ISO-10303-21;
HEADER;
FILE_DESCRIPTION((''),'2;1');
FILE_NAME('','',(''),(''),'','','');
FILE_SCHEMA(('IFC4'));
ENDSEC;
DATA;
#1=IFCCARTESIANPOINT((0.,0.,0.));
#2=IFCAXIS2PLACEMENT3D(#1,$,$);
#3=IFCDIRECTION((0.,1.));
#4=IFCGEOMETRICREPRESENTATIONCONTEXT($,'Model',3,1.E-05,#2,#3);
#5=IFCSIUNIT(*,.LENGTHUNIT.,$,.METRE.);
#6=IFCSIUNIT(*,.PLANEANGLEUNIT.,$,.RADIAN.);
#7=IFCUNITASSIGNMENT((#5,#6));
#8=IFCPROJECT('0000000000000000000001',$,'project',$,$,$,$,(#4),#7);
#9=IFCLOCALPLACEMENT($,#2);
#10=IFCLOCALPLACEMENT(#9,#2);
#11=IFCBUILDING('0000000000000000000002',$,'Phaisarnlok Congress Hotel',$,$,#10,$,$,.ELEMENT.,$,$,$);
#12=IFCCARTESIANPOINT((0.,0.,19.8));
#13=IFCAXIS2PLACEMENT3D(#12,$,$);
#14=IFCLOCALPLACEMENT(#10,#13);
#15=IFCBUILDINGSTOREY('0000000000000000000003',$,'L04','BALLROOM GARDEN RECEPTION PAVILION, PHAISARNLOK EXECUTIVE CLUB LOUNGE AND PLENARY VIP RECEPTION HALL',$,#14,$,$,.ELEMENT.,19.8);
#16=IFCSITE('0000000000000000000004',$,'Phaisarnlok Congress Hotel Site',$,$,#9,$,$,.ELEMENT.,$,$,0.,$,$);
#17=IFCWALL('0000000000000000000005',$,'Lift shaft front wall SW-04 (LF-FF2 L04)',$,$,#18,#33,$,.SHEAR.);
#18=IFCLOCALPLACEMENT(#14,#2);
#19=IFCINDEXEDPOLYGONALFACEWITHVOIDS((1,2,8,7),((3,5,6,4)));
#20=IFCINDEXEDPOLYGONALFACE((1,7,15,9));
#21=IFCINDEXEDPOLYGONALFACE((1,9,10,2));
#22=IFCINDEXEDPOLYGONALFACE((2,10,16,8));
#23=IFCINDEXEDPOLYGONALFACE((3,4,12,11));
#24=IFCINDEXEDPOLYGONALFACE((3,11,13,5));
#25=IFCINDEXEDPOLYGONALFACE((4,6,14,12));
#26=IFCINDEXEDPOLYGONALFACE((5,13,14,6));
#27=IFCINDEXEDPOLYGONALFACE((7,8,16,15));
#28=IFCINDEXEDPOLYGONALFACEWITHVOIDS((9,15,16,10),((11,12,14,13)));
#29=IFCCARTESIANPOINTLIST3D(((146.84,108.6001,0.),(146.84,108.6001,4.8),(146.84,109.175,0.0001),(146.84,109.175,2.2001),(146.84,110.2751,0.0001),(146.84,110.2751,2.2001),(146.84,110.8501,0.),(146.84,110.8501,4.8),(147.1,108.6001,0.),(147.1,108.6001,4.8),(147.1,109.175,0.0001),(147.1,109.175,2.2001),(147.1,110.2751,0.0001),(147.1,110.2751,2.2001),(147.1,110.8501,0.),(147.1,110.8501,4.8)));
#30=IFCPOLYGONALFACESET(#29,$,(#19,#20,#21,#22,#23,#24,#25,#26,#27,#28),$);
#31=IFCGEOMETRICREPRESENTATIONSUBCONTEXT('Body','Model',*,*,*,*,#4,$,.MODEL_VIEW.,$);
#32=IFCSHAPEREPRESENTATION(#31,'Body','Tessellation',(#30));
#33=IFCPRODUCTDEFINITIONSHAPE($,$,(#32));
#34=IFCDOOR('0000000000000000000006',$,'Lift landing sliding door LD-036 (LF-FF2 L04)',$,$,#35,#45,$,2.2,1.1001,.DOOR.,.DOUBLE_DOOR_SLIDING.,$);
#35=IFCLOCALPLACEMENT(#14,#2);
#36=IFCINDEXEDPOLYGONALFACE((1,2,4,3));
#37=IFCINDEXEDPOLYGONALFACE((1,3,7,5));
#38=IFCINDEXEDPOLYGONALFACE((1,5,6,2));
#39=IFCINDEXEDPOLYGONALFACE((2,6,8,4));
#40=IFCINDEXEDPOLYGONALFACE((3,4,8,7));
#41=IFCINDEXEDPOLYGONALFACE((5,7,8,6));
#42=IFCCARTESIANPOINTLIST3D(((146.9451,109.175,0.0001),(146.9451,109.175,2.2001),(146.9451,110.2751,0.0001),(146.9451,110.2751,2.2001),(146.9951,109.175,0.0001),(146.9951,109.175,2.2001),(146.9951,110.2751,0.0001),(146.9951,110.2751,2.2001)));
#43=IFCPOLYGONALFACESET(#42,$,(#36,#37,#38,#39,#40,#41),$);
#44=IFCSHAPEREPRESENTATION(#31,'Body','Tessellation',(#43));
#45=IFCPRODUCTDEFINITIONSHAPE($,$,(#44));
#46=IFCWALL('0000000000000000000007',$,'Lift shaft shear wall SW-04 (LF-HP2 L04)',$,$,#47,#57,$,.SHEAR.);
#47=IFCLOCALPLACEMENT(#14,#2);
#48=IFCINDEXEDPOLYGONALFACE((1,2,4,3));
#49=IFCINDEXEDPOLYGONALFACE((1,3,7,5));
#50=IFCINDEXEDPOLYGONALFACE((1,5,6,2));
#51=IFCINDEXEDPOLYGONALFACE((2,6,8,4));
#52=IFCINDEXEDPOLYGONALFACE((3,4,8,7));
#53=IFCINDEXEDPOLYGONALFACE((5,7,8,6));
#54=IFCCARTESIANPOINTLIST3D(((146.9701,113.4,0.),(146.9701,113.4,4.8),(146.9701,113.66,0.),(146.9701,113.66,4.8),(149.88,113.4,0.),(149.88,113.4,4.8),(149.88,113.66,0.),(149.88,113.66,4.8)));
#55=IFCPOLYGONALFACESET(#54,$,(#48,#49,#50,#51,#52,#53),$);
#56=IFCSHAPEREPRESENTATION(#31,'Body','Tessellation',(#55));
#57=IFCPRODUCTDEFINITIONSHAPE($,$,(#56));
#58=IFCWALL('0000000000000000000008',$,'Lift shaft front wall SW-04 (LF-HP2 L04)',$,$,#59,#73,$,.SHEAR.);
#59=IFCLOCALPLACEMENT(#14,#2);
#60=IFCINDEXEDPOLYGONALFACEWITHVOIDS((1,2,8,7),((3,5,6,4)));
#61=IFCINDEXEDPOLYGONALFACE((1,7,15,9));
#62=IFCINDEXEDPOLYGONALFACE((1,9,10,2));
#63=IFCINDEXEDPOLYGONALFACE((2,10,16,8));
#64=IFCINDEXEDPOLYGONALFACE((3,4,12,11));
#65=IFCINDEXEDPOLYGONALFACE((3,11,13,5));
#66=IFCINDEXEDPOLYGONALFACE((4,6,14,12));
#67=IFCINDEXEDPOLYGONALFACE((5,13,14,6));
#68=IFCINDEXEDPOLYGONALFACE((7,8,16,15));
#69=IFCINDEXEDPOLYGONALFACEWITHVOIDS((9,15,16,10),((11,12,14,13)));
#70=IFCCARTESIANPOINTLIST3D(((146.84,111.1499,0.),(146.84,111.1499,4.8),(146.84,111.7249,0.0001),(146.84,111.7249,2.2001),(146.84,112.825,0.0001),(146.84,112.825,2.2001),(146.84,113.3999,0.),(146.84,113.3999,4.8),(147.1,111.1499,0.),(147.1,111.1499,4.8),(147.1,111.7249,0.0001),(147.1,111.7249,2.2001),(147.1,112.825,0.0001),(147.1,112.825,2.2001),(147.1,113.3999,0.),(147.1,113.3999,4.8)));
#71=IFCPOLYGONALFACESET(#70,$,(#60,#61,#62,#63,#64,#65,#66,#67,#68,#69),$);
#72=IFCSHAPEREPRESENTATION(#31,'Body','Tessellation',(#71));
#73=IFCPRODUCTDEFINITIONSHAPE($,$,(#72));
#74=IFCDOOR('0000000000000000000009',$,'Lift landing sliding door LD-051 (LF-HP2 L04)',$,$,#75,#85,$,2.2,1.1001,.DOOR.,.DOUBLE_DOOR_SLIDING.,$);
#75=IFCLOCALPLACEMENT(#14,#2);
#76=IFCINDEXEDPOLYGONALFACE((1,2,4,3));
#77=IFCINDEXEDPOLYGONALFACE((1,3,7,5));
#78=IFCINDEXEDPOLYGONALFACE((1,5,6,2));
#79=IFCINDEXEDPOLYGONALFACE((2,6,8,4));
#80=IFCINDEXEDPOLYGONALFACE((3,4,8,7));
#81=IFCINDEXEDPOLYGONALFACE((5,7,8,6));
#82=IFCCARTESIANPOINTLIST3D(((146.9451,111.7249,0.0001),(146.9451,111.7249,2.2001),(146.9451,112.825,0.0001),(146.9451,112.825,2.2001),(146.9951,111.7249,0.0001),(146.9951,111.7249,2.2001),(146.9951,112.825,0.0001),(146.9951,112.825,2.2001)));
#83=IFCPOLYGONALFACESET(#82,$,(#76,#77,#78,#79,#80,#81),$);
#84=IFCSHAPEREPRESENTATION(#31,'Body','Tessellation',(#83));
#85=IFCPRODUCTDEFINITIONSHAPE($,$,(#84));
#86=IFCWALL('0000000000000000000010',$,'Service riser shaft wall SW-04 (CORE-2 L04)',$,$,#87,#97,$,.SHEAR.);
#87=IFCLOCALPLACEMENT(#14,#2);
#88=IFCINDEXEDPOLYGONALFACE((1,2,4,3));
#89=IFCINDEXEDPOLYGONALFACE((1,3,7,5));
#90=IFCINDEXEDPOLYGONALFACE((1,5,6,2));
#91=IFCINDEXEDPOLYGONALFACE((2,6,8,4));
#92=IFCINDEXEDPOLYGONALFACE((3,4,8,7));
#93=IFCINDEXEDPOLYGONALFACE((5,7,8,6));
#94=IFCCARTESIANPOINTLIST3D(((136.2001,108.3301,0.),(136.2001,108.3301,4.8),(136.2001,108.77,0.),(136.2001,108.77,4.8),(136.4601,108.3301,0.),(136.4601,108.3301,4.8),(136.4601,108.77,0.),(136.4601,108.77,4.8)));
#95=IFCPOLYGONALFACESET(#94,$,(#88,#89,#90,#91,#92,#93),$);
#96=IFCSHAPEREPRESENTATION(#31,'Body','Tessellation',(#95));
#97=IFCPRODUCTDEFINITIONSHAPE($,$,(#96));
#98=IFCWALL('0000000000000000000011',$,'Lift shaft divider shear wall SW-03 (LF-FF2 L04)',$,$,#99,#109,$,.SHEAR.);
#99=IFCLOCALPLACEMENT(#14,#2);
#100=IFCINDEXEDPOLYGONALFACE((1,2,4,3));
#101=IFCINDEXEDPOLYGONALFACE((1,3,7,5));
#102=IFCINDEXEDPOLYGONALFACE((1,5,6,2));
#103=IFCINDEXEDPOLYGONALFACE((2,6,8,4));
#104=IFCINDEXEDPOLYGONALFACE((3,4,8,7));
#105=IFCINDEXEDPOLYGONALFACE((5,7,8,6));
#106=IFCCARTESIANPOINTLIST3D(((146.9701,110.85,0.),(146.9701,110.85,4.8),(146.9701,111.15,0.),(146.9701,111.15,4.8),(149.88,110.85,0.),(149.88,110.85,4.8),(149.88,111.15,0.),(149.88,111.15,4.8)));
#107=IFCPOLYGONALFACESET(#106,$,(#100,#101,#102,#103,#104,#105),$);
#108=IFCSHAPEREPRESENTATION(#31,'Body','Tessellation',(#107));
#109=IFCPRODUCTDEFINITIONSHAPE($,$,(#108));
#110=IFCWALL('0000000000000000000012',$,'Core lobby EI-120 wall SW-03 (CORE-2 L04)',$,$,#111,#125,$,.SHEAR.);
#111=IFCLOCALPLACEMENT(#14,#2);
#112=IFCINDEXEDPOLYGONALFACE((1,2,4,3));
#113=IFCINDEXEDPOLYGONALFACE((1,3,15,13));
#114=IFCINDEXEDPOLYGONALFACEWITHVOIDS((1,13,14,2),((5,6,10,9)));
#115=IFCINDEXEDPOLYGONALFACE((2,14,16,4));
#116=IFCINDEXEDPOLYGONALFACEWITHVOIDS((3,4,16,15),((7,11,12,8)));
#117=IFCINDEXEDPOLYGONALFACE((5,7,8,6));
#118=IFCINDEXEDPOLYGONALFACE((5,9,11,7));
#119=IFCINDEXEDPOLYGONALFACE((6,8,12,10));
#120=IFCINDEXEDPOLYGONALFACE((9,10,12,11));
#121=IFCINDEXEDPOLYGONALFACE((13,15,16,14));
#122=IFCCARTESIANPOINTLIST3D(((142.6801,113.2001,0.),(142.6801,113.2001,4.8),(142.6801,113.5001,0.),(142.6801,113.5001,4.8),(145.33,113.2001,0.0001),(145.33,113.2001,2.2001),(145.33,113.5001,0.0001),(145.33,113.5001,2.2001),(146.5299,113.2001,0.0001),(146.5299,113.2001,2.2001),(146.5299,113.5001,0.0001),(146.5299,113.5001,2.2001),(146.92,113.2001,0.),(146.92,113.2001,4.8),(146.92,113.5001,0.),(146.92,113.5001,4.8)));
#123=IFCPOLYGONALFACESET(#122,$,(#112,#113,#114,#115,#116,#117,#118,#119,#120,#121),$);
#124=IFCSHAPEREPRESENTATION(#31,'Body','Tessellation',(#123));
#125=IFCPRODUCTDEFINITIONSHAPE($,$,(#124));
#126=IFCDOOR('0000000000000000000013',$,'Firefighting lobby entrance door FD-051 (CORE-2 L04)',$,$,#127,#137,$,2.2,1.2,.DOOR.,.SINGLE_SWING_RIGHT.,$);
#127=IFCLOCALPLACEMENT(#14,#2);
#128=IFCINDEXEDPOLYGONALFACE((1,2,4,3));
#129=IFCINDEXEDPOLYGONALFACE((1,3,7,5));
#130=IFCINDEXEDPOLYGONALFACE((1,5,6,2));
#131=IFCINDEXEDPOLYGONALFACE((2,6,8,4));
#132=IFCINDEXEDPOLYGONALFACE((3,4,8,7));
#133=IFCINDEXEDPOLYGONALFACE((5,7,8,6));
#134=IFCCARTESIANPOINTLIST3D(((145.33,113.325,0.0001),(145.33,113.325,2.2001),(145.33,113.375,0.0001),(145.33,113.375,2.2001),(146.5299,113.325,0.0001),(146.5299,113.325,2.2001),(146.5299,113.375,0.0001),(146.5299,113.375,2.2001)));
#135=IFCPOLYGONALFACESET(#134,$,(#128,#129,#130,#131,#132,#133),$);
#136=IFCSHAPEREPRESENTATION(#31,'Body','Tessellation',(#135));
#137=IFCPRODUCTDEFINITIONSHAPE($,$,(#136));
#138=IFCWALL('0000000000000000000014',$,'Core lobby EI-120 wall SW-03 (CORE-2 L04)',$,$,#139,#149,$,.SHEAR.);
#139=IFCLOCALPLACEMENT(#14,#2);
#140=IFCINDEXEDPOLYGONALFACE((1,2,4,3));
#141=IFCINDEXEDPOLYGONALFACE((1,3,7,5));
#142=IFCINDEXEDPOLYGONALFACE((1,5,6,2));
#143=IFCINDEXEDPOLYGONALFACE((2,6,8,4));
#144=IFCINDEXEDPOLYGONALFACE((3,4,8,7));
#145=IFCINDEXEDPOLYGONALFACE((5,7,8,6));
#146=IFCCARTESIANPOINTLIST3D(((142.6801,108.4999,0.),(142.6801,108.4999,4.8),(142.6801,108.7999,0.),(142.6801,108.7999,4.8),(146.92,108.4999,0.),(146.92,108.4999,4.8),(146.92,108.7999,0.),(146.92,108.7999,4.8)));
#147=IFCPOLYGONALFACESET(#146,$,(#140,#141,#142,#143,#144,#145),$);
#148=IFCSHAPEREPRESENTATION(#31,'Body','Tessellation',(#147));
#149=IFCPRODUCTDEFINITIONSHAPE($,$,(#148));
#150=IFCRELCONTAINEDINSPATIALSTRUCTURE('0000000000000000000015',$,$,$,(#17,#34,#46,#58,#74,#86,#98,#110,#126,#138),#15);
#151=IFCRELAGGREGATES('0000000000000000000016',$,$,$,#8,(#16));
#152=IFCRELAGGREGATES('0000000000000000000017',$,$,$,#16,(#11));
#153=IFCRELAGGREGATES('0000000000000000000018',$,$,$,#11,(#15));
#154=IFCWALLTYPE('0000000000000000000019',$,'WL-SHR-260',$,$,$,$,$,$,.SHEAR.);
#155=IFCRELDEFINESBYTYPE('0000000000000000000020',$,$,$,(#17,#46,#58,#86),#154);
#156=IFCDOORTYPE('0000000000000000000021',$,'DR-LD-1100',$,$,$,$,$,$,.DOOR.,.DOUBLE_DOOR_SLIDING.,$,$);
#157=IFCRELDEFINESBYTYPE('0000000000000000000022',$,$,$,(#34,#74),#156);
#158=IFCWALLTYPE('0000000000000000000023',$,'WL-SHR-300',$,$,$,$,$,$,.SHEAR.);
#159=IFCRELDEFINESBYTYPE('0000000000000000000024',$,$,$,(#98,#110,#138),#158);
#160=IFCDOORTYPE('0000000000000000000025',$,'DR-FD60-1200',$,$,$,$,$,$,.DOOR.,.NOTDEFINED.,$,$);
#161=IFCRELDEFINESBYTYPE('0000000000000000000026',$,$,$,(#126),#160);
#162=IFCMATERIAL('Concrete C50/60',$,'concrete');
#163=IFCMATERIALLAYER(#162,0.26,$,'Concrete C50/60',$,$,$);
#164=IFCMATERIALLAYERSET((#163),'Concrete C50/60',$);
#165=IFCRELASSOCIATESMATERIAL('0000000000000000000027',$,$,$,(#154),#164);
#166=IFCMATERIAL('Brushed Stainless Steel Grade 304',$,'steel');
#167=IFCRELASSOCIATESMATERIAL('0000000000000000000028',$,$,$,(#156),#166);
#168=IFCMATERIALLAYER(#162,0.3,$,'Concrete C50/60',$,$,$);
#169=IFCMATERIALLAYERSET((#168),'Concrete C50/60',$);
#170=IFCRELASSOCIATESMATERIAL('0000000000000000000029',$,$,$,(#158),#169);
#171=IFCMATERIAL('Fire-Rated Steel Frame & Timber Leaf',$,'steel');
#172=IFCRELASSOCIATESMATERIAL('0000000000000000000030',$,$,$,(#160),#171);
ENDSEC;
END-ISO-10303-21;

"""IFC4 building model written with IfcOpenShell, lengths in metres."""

from ifc_helpers import new_model, si_unit, direction, frame, frame_2d, origin, place, context, subcontext, project, spatial, rectangle, extrude, material, layer, layer_set, type_object, element, fill, save


model = new_model("IFC4")

# Units and contexts
model_context = context("Model", 3, precision=1e-05, world=origin(), true_north=direction((0.0, 1.0)))
body_context = subcontext(model_context, "Body", "Model", "MODEL_VIEW")
ifc_project = project(units=[si_unit("LENGTHUNIT", "METRE"), si_unit("PLANEANGLEUNIT", "RADIAN")], contexts=[model_context])

# Site, building, storey
site_placement = place(None, origin())
site = spatial("IfcSite", under=ifc_project, at=site_placement, Name="Phaisarnlok Congress Hotel Site", CompositionType="ELEMENT", RefElevation=0.0)
building_placement = place(site_placement, origin())
building = spatial("IfcBuilding", under=site, at=building_placement, Name="Phaisarnlok Congress Hotel", CompositionType="ELEMENT")
storey_placement = place(building_placement, frame((0.0, 0.0, 19.8)))
storey = spatial("IfcBuildingStorey", under=building, at=storey_placement, Name="L04", Description="BALLROOM GARDEN RECEPTION PAVILION, PHAISARNLOK EXECUTIVE CLUB LOUNGE AND PLENARY VIP RECEPTION HALL", CompositionType="ELEMENT", Elevation=19.8)

# Shared definitions
ifc_material_1 = material(Name="Concrete C50/60", Category="concrete")

# Shared definitions
ifc_layer_1 = layer(ifc_material_1, 0.26, Name="Concrete C50/60")
ifc_layer_set_1 = layer_set([ifc_layer_1], Name="Concrete C50/60")
wall_type_1 = type_object("IfcWallType", Name="WL-SHR-260", PredefinedType="SHEAR", material=ifc_layer_set_1)
ifc_material_2 = material(Name="Fire-Rated Steel Frame & Timber Leaf", Category="steel")

# Wall, opening, door
wall_1_placement = place(storey_placement, frame((146.97, 108.6001, 0.0), z_axis=(0.0, 0.0, 1.0), x_axis=(0.0, 1.0, 0.0)))
wall_1 = element("IfcWall", 1, at=wall_1_placement, inside=storey, type_object=wall_type_1, Name="Lift shaft front wall SW-04 (LF-FF2 L04)", PredefinedType="SHEAR", context=body_context, shape_type="SweptSolid", body=[
    extrude(rectangle(XDim=2.25, YDim=0.26, at=frame_2d((1.125, 0.0))), origin(), (0.0, 0.0, 1.0), 4.8),
])
opening_1_placement = place(wall_1_placement, frame((0.575, 0.0, 0.0)))
opening_1 = element("IfcOpeningElement", 2, at=opening_1_placement, cuts=wall_1, PredefinedType="OPENING", context=body_context, shape_type="SweptSolid", body=[
    extrude(rectangle(XDim=1.1001, YDim=2.2, at=frame_2d((0.55, 1.1001))), frame((0.0, 0.1401, 0.0), z_axis=(0.0, -1.0, 0.0), x_axis=(1.0, 0.0, 0.0)), (0.0, 0.0, 1.0), 0.28),
])
ifc_material_3 = material(Name="Brushed Stainless Steel Grade 304", Category="steel")
door_type_1 = type_object("IfcDoorType", Name="DR-LD-1100", OperationType="DOUBLE_DOOR_SLIDING", PredefinedType="DOOR", material=ifc_material_3)
door_1_placement = place(opening_1_placement, origin())
door_1 = element("IfcDoor", 3, at=door_1_placement, inside=storey, type_object=door_type_1, Name="Lift landing sliding door LD-036 (LF-FF2 L04)", OperationType="DOUBLE_DOOR_SLIDING", OverallHeight=2.2, OverallWidth=1.1001, PredefinedType="DOOR", context=body_context, shape_type="SweptSolid", body=[
    extrude(rectangle(XDim=1.1001, YDim=2.2, at=frame_2d((0.55, 1.1001))), frame((0.0, 0.0249, 0.0), z_axis=(0.0, -1.0, 0.0), x_axis=(1.0, 0.0, 0.0)), (0.0, 0.0, 1.0), 0.05),
])
fill(opening_1, door_1)

# Wall
wall_2_placement = place(storey_placement, frame((146.97, 113.53, 0.0), z_axis=(0.0, 0.0, 1.0), x_axis=(1.0, 0.0, 0.0)))
element("IfcWall", 4, at=wall_2_placement, inside=storey, type_object=wall_type_1, Name="Lift shaft shear wall SW-04 (LF-HP2 L04)", PredefinedType="SHEAR", context=body_context, shape_type="SweptSolid", body=[
    extrude(rectangle(XDim=2.9099, YDim=0.26, at=frame_2d((1.4551, 0.0))), origin(), (0.0, 0.0, 1.0), 4.8),
])

# Wall, opening, door
wall_3_placement = place(storey_placement, frame((146.97, 111.1499, 0.0), z_axis=(0.0, 0.0, 1.0), x_axis=(0.0, 1.0, 0.0)))
wall_3 = element("IfcWall", 5, at=wall_3_placement, inside=storey, type_object=wall_type_1, Name="Lift shaft front wall SW-04 (LF-HP2 L04)", PredefinedType="SHEAR", context=body_context, shape_type="SweptSolid", body=[
    extrude(rectangle(XDim=2.25, YDim=0.26, at=frame_2d((1.125, 0.0))), origin(), (0.0, 0.0, 1.0), 4.8),
])
opening_2_placement = place(wall_3_placement, frame((0.575, 0.0, 0.0)))
opening_2 = element("IfcOpeningElement", 6, at=opening_2_placement, cuts=wall_3, PredefinedType="OPENING", context=body_context, shape_type="SweptSolid", body=[
    extrude(rectangle(XDim=1.1001, YDim=2.2, at=frame_2d((0.55, 1.1001))), frame((0.0, 0.1401, 0.0), z_axis=(0.0, -1.0, 0.0), x_axis=(1.0, 0.0, 0.0)), (0.0, 0.0, 1.0), 0.28),
])
door_2_placement = place(opening_2_placement, origin())
door_2 = element("IfcDoor", 7, at=door_2_placement, inside=storey, type_object=door_type_1, Name="Lift landing sliding door LD-051 (LF-HP2 L04)", OperationType="DOUBLE_DOOR_SLIDING", OverallHeight=2.2, OverallWidth=1.1001, PredefinedType="DOOR", context=body_context, shape_type="SweptSolid", body=[
    extrude(rectangle(XDim=1.1001, YDim=2.2, at=frame_2d((0.55, 1.1001))), frame((0.0, 0.0249, 0.0), z_axis=(0.0, -1.0, 0.0), x_axis=(1.0, 0.0, 0.0)), (0.0, 0.0, 1.0), 0.05),
])
fill(opening_2, door_2)

# Walls
wall_4_placement = place(storey_placement, frame((136.3301, 108.3301, 0.0), z_axis=(0.0, 0.0, 1.0), x_axis=(0.0, 1.0, 0.0)))
element("IfcWall", 8, at=wall_4_placement, inside=storey, type_object=wall_type_1, Name="Service riser shaft wall SW-04 (CORE-2 L04)", PredefinedType="SHEAR", context=body_context, shape_type="SweptSolid", body=[
    extrude(rectangle(XDim=0.4399, YDim=0.26, at=frame_2d((0.22, 0.0))), origin(), (0.0, 0.0, 1.0), 4.8),
])
ifc_layer_2 = layer(ifc_material_1, 0.3, Name="Concrete C50/60")
ifc_layer_set_2 = layer_set([ifc_layer_2], Name="Concrete C50/60")
wall_type_2 = type_object("IfcWallType", Name="WL-SHR-300", PredefinedType="SHEAR", material=ifc_layer_set_2)
wall_5_placement = place(storey_placement, frame((146.97, 111.0, 0.0), z_axis=(0.0, 0.0, 1.0), x_axis=(1.0, 0.0, 0.0)))
element("IfcWall", 9, at=wall_5_placement, inside=storey, type_object=wall_type_2, Name="Lift shaft divider shear wall SW-03 (LF-FF2 L04)", PredefinedType="SHEAR", context=body_context, shape_type="SweptSolid", body=[
    extrude(rectangle(XDim=2.9099, YDim=0.3, at=frame_2d((1.4551, 0.0))), origin(), (0.0, 0.0, 1.0), 4.8),
])

# Wall, opening, door
wall_6_placement = place(storey_placement, frame((142.6799, 113.3501, 0.0), z_axis=(0.0, 0.0, 1.0), x_axis=(1.0, 0.0, 0.0)))
wall_6 = element("IfcWall", 10, at=wall_6_placement, inside=storey, type_object=wall_type_2, Name="Core lobby EI-120 wall SW-03 (CORE-2 L04)", PredefinedType="SHEAR", context=body_context, shape_type="SweptSolid", body=[
    extrude(rectangle(XDim=4.24, YDim=0.3, at=frame_2d((2.1201, 0.0))), origin(), (0.0, 0.0, 1.0), 4.8),
])
opening_3_placement = place(wall_6_placement, frame((2.6499, 0.0, 0.0)))
opening_3 = element("IfcOpeningElement", 11, at=opening_3_placement, cuts=wall_6, PredefinedType="OPENING", context=body_context, shape_type="SweptSolid", body=[
    extrude(rectangle(XDim=1.2, YDim=2.2, at=frame_2d((0.6001, 1.1001))), frame((0.0, 0.1602, 0.0), z_axis=(0.0, -1.0, 0.0), x_axis=(1.0, 0.0, 0.0)), (0.0, 0.0, 1.0), 0.3201),
])
door_type_2 = type_object("IfcDoorType", Name="DR-FD60-1200", OperationType="NOTDEFINED", PredefinedType="DOOR", material=ifc_material_2)
door_3_placement = place(opening_3_placement, origin())
door_3 = element("IfcDoor", 12, at=door_3_placement, inside=storey, type_object=door_type_2, Name="Firefighting lobby entrance door FD-051 (CORE-2 L04)", OperationType="SINGLE_SWING_RIGHT", OverallHeight=2.2, OverallWidth=1.2, PredefinedType="DOOR", context=body_context, shape_type="SweptSolid", body=[
    extrude(rectangle(XDim=1.2, YDim=2.2, at=frame_2d((0.6001, 1.1001))), frame((0.0, 0.0249, 0.0), z_axis=(0.0, -1.0, 0.0), x_axis=(1.0, 0.0, 0.0)), (0.0, 0.0, 1.0), 0.05),
])
fill(opening_3, door_3)

# Wall
wall_7_placement = place(storey_placement, frame((142.6799, 108.6499, 0.0), z_axis=(0.0, 0.0, 1.0), x_axis=(1.0, 0.0, 0.0)))
element("IfcWall", 13, at=wall_7_placement, inside=storey, type_object=wall_type_2, Name="Core lobby EI-120 wall SW-03 (CORE-2 L04)", PredefinedType="SHEAR", context=body_context, shape_type="SweptSolid", body=[
    extrude(rectangle(XDim=4.24, YDim=0.3, at=frame_2d((2.1201, 0.0))), origin(), (0.0, 0.0, 1.0), 4.8),
])

save(model, "model.ifc")
